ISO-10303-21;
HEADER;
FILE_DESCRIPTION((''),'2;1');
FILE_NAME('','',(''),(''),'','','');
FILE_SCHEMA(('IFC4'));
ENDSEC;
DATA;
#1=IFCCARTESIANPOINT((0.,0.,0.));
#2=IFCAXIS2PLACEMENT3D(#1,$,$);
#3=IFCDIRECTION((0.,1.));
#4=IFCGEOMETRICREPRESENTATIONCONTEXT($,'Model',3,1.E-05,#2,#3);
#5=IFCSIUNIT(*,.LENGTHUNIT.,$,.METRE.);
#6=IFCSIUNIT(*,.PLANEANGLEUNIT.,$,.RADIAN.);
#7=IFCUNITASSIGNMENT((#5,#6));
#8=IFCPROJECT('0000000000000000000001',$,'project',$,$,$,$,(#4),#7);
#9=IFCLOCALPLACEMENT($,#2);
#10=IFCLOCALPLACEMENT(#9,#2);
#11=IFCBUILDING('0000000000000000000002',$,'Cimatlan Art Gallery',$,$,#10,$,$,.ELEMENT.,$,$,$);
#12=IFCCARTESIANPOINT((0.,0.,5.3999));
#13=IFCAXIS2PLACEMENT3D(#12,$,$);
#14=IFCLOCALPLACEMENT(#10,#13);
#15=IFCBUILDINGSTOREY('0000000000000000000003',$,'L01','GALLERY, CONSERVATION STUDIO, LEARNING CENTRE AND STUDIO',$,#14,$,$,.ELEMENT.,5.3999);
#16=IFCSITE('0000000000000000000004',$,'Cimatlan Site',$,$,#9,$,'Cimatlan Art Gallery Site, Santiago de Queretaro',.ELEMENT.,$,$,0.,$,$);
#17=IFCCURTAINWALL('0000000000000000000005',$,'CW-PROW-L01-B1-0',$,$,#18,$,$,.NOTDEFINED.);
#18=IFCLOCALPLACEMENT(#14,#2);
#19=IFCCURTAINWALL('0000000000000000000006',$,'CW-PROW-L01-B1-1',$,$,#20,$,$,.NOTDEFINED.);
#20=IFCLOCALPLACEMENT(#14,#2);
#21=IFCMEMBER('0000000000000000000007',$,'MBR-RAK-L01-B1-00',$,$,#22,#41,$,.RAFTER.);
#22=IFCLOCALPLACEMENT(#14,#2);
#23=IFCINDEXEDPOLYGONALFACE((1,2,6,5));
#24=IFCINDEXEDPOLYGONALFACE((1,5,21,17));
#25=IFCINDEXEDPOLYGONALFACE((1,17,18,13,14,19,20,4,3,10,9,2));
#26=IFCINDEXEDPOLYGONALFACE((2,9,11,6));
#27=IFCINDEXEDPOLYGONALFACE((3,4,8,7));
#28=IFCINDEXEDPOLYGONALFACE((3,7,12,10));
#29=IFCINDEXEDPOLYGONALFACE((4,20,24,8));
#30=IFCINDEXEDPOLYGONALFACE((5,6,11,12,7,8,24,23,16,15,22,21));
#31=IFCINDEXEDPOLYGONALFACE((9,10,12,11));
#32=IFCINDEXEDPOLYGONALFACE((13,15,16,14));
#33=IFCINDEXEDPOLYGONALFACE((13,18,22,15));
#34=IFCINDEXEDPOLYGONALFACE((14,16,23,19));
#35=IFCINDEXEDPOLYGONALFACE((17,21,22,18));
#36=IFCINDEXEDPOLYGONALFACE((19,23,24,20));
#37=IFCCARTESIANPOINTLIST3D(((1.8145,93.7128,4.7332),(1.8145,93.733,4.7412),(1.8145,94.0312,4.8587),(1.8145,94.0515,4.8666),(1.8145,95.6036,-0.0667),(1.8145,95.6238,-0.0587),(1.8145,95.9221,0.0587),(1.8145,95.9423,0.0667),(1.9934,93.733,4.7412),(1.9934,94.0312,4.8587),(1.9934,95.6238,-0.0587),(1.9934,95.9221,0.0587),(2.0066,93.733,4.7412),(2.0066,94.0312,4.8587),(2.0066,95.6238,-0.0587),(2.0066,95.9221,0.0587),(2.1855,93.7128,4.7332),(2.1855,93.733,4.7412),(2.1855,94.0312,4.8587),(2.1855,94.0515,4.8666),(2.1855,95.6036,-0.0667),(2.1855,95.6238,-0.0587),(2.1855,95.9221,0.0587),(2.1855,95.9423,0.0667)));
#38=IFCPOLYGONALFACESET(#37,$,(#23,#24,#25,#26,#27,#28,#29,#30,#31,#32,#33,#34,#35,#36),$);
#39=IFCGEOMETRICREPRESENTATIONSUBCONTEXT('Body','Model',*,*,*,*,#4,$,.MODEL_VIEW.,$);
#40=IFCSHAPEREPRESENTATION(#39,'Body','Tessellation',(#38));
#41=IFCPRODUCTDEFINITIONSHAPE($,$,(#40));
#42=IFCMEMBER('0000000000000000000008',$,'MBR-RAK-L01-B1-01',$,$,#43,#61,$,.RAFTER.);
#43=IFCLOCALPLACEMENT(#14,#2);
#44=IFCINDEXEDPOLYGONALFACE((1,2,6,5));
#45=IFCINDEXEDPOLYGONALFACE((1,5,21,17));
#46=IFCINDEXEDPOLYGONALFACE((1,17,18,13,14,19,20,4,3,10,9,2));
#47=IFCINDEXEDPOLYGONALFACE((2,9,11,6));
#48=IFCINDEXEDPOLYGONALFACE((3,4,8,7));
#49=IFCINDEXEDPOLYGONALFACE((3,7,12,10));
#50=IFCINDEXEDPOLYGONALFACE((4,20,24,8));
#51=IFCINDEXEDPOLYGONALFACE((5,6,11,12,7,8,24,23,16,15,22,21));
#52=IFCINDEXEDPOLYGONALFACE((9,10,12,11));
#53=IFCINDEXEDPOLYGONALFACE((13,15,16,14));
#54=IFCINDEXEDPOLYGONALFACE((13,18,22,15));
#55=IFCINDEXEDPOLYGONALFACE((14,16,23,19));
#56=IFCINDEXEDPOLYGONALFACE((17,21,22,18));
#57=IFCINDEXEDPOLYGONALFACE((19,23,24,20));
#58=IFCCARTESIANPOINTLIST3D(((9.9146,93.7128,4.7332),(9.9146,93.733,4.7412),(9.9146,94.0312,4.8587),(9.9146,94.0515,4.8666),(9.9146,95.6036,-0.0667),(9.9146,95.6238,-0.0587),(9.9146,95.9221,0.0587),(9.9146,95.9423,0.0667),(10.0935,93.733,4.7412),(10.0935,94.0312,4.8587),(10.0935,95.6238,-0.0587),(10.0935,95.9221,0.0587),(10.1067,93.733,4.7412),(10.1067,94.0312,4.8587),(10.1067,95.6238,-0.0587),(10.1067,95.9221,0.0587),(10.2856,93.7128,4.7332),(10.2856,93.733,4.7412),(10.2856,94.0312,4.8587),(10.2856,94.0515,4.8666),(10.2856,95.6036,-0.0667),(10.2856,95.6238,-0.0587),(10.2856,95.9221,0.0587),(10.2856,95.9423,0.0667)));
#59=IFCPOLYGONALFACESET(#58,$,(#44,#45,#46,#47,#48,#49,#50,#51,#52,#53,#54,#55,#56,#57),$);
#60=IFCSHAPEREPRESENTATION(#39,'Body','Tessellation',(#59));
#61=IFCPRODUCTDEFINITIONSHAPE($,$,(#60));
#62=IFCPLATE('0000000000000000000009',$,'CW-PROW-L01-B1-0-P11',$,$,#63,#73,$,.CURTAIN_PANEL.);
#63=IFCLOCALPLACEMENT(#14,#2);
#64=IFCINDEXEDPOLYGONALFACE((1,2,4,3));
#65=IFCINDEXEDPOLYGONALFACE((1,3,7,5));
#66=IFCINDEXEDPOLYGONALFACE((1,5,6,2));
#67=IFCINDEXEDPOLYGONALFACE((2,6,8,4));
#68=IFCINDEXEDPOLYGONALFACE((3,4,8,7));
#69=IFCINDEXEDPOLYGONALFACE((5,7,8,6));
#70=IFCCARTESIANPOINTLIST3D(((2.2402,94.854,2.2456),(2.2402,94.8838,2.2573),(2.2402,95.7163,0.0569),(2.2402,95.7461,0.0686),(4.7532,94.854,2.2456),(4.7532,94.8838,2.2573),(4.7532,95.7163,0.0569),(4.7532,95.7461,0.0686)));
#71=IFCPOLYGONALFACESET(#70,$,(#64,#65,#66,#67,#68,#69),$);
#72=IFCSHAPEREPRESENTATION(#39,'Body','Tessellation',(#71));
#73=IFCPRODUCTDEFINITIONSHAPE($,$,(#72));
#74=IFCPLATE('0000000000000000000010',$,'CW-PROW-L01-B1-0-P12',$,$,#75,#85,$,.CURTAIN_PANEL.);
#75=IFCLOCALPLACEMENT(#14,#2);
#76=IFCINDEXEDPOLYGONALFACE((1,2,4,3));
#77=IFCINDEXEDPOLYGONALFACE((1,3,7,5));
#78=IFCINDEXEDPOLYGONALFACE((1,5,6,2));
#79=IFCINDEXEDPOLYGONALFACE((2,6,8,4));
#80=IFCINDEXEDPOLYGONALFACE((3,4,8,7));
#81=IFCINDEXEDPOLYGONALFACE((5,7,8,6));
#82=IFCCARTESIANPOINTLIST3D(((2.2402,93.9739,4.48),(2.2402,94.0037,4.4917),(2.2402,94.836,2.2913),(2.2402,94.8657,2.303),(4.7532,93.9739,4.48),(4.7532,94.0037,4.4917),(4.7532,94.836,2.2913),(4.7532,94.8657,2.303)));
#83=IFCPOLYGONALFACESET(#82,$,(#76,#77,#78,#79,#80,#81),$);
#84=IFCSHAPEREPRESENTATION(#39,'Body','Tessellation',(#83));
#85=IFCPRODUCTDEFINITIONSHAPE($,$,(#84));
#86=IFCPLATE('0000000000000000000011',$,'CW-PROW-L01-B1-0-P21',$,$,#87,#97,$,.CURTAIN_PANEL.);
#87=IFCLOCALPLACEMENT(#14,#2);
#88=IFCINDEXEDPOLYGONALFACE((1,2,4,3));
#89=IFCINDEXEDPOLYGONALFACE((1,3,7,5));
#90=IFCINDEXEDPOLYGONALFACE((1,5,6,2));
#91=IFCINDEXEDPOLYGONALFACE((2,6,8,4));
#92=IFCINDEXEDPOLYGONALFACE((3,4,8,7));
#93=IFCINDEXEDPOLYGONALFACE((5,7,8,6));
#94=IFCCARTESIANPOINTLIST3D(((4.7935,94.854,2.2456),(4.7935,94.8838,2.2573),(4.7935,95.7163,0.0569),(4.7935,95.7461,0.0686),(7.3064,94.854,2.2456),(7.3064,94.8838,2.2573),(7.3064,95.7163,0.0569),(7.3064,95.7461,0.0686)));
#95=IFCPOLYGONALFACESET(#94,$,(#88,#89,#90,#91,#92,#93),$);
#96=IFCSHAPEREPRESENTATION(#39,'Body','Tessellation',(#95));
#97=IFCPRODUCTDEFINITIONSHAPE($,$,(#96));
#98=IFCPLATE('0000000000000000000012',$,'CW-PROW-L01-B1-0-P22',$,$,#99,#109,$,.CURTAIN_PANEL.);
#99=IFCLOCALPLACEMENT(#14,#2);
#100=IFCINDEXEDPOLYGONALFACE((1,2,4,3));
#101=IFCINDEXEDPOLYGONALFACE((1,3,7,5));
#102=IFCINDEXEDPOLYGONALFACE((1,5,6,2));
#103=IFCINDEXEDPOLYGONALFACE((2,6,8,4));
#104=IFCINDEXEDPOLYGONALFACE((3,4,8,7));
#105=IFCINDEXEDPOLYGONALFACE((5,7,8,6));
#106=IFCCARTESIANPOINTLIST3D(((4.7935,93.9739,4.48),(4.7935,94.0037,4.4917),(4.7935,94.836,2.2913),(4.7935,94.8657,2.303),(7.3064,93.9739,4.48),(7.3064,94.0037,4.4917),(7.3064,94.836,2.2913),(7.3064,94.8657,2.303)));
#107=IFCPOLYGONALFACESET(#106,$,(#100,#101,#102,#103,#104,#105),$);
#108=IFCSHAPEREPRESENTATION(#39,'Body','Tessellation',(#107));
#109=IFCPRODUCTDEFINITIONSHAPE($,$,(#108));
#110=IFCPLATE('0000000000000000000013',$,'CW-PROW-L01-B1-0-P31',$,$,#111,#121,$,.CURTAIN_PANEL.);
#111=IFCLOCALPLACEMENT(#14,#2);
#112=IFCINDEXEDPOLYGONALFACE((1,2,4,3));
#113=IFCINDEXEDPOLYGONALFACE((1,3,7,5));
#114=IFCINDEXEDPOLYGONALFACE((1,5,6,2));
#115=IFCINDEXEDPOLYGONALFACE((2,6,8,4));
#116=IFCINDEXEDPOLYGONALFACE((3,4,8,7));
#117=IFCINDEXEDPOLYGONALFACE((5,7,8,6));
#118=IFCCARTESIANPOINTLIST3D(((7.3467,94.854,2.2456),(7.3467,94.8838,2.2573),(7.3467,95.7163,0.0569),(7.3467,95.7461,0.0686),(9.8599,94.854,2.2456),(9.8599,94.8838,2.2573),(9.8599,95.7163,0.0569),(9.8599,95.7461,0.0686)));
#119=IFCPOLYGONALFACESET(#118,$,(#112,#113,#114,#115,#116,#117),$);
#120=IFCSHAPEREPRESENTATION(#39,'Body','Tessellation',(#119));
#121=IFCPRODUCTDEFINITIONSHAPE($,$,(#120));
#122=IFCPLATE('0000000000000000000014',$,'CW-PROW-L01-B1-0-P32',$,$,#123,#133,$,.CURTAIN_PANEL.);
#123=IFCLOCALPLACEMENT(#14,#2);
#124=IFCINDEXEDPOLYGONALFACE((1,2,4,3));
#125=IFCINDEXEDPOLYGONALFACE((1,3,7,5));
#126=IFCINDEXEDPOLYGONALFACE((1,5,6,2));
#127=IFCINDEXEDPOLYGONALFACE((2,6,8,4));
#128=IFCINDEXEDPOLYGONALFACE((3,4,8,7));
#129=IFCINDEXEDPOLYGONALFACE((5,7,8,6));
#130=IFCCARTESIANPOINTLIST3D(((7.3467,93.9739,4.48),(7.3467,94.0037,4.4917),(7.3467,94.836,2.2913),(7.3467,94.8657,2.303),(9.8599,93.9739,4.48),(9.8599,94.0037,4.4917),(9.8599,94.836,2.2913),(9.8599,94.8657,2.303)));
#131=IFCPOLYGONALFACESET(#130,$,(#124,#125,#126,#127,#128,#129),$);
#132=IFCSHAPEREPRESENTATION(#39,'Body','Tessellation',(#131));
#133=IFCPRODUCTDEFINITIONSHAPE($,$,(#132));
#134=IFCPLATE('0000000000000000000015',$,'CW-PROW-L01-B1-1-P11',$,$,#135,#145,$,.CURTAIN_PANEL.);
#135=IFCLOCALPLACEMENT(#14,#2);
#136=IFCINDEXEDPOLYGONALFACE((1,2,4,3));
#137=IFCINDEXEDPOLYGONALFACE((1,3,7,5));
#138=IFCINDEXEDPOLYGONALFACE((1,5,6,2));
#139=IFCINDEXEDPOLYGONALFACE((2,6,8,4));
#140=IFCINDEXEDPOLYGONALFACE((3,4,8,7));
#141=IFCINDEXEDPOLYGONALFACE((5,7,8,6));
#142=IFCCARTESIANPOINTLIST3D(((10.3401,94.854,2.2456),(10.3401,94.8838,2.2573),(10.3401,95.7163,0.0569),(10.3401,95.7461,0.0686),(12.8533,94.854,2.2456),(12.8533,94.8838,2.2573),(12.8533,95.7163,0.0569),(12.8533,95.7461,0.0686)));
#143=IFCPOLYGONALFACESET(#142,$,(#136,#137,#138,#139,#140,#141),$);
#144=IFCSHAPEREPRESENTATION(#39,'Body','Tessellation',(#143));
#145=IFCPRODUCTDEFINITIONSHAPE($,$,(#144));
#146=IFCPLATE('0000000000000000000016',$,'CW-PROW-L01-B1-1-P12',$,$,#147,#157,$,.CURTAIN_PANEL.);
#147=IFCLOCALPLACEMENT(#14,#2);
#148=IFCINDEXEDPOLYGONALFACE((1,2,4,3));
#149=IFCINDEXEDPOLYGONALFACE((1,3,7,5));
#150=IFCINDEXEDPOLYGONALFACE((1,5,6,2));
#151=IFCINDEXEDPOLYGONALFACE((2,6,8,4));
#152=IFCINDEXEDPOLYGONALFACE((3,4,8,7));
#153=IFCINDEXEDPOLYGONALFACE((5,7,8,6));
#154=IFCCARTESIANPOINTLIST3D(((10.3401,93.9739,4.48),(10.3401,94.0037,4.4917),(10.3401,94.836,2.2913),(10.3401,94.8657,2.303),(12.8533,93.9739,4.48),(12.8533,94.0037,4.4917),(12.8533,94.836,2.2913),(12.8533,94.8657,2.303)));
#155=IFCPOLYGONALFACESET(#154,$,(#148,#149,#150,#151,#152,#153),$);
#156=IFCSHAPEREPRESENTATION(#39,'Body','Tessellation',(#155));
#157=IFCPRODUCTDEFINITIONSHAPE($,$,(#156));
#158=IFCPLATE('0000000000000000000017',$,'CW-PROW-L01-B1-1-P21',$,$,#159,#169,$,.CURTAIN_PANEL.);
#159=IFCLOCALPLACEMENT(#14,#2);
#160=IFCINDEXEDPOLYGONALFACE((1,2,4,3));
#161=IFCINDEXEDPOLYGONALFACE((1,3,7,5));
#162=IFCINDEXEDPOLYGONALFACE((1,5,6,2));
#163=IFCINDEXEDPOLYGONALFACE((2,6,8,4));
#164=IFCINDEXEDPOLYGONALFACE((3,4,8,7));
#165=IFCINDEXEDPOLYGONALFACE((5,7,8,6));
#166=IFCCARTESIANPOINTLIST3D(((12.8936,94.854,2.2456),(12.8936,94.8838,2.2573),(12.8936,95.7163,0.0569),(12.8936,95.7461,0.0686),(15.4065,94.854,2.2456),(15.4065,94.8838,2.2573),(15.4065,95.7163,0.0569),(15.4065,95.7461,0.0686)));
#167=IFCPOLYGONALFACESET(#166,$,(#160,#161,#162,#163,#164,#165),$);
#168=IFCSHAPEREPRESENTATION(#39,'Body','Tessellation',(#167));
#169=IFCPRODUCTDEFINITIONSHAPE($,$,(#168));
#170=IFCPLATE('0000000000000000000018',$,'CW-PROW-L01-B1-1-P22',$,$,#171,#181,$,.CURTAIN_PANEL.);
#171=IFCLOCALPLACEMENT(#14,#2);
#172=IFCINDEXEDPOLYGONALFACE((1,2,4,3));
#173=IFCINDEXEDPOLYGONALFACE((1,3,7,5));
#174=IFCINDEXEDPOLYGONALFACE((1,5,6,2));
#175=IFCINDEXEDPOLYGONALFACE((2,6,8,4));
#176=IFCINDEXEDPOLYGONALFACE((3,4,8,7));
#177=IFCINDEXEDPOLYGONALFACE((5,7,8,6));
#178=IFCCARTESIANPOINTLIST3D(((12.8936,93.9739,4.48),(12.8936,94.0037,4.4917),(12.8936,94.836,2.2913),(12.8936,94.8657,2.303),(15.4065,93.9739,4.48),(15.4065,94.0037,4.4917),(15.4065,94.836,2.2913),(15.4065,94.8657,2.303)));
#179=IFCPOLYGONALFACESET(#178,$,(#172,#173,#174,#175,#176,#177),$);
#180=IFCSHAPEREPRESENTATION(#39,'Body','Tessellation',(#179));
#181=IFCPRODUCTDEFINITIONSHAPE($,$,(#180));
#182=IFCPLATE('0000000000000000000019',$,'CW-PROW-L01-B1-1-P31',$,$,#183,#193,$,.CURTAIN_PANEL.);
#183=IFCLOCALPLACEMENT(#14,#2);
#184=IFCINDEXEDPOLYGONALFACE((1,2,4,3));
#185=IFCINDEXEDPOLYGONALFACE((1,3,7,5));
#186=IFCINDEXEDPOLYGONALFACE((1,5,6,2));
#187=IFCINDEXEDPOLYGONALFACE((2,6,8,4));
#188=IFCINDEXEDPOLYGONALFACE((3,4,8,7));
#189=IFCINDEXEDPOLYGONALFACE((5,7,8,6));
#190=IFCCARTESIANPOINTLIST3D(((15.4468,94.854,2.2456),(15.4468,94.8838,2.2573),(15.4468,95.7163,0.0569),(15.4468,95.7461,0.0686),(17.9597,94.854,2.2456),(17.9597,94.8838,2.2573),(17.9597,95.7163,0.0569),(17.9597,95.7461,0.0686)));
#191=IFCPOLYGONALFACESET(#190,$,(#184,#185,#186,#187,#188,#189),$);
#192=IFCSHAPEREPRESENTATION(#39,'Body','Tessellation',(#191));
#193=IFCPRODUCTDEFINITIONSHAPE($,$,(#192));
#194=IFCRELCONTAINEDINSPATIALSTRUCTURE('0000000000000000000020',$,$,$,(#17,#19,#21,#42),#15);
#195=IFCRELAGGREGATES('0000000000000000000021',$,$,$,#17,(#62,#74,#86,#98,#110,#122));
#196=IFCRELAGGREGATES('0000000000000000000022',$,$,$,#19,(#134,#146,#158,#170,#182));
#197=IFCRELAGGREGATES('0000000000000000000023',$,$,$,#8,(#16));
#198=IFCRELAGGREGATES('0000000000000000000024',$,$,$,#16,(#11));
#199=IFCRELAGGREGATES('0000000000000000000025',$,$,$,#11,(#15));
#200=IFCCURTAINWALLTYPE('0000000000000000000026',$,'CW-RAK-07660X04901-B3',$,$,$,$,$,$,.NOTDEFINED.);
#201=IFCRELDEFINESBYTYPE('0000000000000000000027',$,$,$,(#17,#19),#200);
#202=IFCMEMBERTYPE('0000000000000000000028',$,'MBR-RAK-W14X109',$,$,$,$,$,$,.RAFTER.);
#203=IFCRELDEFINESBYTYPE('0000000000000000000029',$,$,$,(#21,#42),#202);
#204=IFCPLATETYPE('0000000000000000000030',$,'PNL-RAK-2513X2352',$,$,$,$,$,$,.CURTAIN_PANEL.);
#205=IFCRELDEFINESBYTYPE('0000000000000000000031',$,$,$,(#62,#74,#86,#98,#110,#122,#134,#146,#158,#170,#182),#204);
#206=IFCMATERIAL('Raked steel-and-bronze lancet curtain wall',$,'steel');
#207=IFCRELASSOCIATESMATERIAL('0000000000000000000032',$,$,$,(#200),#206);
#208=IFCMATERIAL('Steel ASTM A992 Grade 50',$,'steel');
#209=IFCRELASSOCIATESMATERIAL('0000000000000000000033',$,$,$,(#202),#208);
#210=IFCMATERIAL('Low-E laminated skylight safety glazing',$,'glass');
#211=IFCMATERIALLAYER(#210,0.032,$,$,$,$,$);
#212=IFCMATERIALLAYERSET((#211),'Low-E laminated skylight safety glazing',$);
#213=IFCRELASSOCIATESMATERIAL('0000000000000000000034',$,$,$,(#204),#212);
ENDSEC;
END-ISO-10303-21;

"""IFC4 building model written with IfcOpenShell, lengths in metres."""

from ifc_helpers import new_model, si_unit, direction, frame, origin, origin_2d, place, context, subcontext, project, spatial, polyline, i_section, outline, extrude, material, layer, layer_set, material_profile, profile_set, type_object, element, aggregate, save


model = new_model("IFC4")

# Units and contexts
model_context = context("Model", 3, precision=1e-05, world=origin(), true_north=direction((0.0, 1.0)))
body_context = subcontext(model_context, "Body", "Model", "MODEL_VIEW")
ifc_project = project(units=[si_unit("LENGTHUNIT", "METRE"), si_unit("PLANEANGLEUNIT", "RADIAN")], contexts=[model_context])

# Site, building, storey
site_placement = place(None, origin())
site = spatial("IfcSite", under=ifc_project, at=site_placement, Name="Cimatlan Site", LongName="Cimatlan Art Gallery Site, Santiago de Queretaro", CompositionType="ELEMENT", RefElevation=0.0)
building_placement = place(site_placement, origin())
building = spatial("IfcBuilding", under=site, at=building_placement, Name="Cimatlan Art Gallery", CompositionType="ELEMENT")
storey_placement = place(building_placement, frame((0.0, 0.0, 5.3999)))
storey = spatial("IfcBuildingStorey", under=building, at=storey_placement, Name="L01", Description="GALLERY, CONSERVATION STUDIO, LEARNING CENTRE AND STUDIO", CompositionType="ELEMENT", Elevation=5.3999)

# Shared definitions
ifc_material_1 = material(Name="Steel ASTM A992 Grade 50", Category="steel")

# Curtain walls
ifc_material_2 = material(Name="Raked steel-and-bronze lancet curtain wall", Category="steel")
curtain_wall_type = type_object("IfcCurtainWallType", Name="CW-RAK-07660X04901-B3", PredefinedType="NOTDEFINED", material=ifc_material_2)
curtain_wall_1_placement = place(storey_placement, origin())
curtain_wall_1 = element("IfcCurtainWall", 1, at=curtain_wall_1_placement, inside=storey, type_object=curtain_wall_type, Name="CW-PROW-L01-B1-0", PredefinedType="NOTDEFINED")
curtain_wall_2_placement = place(storey_placement, origin())
curtain_wall_2 = element("IfcCurtainWall", 2, at=curtain_wall_2_placement, inside=storey, type_object=curtain_wall_type, Name="CW-PROW-L01-B1-1", PredefinedType="NOTDEFINED")

# Members
ifc_material_profile_1 = material_profile(ifc_material_1, i_section(OverallWidth=0.3711, OverallDepth=0.364, WebThickness=0.0132, FlangeThickness=0.0217, at=origin_2d()), Name="W14X109")
ifc_profile_set_1 = profile_set([ifc_material_profile_1], Name="Steel ASTM A992 Grade 50")
member_type_1 = type_object("IfcMemberType", Name="MBR-RAK-W14X109", PredefinedType="RAFTER", material=ifc_profile_set_1)
for number, where, z_axis, x_axis, name in (
    (3, (2.0, 95.7729, 0.0), (0.0, -0.366515, 0.930412), (1.0, 0.0, 0.0), "MBR-RAK-L01-B1-00"),
    (4, (10.1001, 95.7729, 0.0), (0.0, -0.366515, 0.930412), (1.0, 0.0, 0.0), "MBR-RAK-L01-B1-01"),
):
    element("IfcMember", number, at=place(storey_placement, frame(where, z_axis=z_axis, x_axis=x_axis)), inside=storey, type_object=member_type_1, Name=name, PredefinedType="RAFTER", context=body_context, shape_type="SweptSolid", body=[
        extrude(i_section(OverallWidth=0.3711, OverallDepth=0.364, WebThickness=0.0132, FlangeThickness=0.0217, at=origin_2d()), origin(), (0.0, 0.0, 1.0), 5.1589),
    ])

# Plates
ifc_material_3 = material(Name="Low-E laminated skylight safety glazing", Category="glass")
ifc_layer_1 = layer(ifc_material_3, 0.032)
ifc_layer_set_1 = layer_set([ifc_layer_1], Name="Low-E laminated skylight safety glazing")
plate_type = type_object("IfcPlateType", Name="PNL-RAK-2513X2352", PredefinedType="CURTAIN_PANEL", material=ifc_layer_set_1)
plate_1_placement = place(storey_placement, frame((2.2402, 95.7461, 0.0686), z_axis=(0.0, 0.930397, 0.366554), x_axis=(1.0, 0.0, 0.0)))
plate_1 = element("IfcPlate", 5, at=plate_1_placement, type_object=plate_type, Name="CW-PROW-L01-B1-0-P11", PredefinedType="CURTAIN_PANEL", context=body_context, shape_type="SweptSolid", body=[
    extrude(outline(polyline([(0.0, 0.0), (2.5129, 0.0), (2.5129, -2.3525), (0.0, -2.3525), (0.0, 0.0)])), origin(), (0.0, 0.0, -1.0), 0.032),
])
plate_2_placement = place(storey_placement, frame((2.2402, 94.8657, 2.303), z_axis=(0.0, 0.930432, 0.366465), x_axis=(1.0, 0.0, 0.0)))
plate_2 = element("IfcPlate", 6, at=plate_2_placement, type_object=plate_type, Name="CW-PROW-L01-B1-0-P12", PredefinedType="CURTAIN_PANEL", context=body_context, shape_type="SweptSolid", body=[
    extrude(outline(polyline([(0.0, 0.0), (2.5129, 0.0), (2.5129, -2.3524), (0.0, -2.3524), (0.0, 0.0)])), origin(), (0.0, 0.0, -1.0), 0.032),
])
plate_3_placement = place(storey_placement, frame((4.7935, 95.7461, 0.0686), z_axis=(0.0, 0.930397, 0.366554), x_axis=(1.0, 0.0, 0.0)))
plate_3 = element("IfcPlate", 7, at=plate_3_placement, type_object=plate_type, Name="CW-PROW-L01-B1-0-P21", PredefinedType="CURTAIN_PANEL", context=body_context, shape_type="SweptSolid", body=[
    extrude(outline(polyline([(0.0, 0.0), (2.5129, 0.0), (2.5129, -2.3525), (0.0, -2.3525), (0.0, 0.0)])), origin(), (0.0, 0.0, -1.0), 0.032),
])
plate_4_placement = place(storey_placement, frame((4.7935, 94.8657, 2.303), z_axis=(0.0, 0.930432, 0.366465), x_axis=(1.0, 0.0, 0.0)))
plate_4 = element("IfcPlate", 8, at=plate_4_placement, type_object=plate_type, Name="CW-PROW-L01-B1-0-P22", PredefinedType="CURTAIN_PANEL", context=body_context, shape_type="SweptSolid", body=[
    extrude(outline(polyline([(0.0, 0.0), (2.5129, 0.0), (2.5129, -2.3524), (0.0, -2.3524), (0.0, 0.0)])), origin(), (0.0, 0.0, -1.0), 0.032),
])
plate_5_placement = place(storey_placement, frame((7.3467, 95.7461, 0.0686), z_axis=(0.0, 0.930397, 0.366554), x_axis=(1.0, 0.0, 0.0)))
plate_5 = element("IfcPlate", 9, at=plate_5_placement, type_object=plate_type, Name="CW-PROW-L01-B1-0-P31", PredefinedType="CURTAIN_PANEL", context=body_context, shape_type="SweptSolid", body=[
    extrude(outline(polyline([(0.0, 0.0), (2.5132, 0.0), (2.5132, -2.3525), (0.0, -2.3525), (0.0, 0.0)])), origin(), (0.0, 0.0, -1.0), 0.032),
])
plate_6_placement = place(storey_placement, frame((7.3467, 94.8657, 2.303), z_axis=(0.0, 0.930432, 0.366465), x_axis=(1.0, 0.0, 0.0)))
plate_6 = element("IfcPlate", 10, at=plate_6_placement, type_object=plate_type, Name="CW-PROW-L01-B1-0-P32", PredefinedType="CURTAIN_PANEL", context=body_context, shape_type="SweptSolid", body=[
    extrude(outline(polyline([(0.0, 0.0), (2.5132, 0.0), (2.5132, -2.3524), (0.0, -2.3524), (0.0, 0.0)])), origin(), (0.0, 0.0, -1.0), 0.032),
])
aggregate(curtain_wall_1, [plate_1, plate_2, plate_3, plate_4, plate_5, plate_6])
plate_7_placement = place(storey_placement, frame((10.3401, 95.7461, 0.0686), z_axis=(0.0, 0.930397, 0.366554), x_axis=(1.0, 0.0, 0.0)))
plate_7 = element("IfcPlate", 11, at=plate_7_placement, type_object=plate_type, Name="CW-PROW-L01-B1-1-P11", PredefinedType="CURTAIN_PANEL", context=body_context, shape_type="SweptSolid", body=[
    extrude(outline(polyline([(0.0, 0.0), (2.5132, 0.0), (2.5132, -2.3525), (0.0, -2.3525), (0.0, 0.0)])), origin(), (0.0, 0.0, -1.0), 0.032),
])
plate_8_placement = place(storey_placement, frame((10.3401, 94.8657, 2.303), z_axis=(0.0, 0.930432, 0.366465), x_axis=(1.0, 0.0, 0.0)))
plate_8 = element("IfcPlate", 12, at=plate_8_placement, type_object=plate_type, Name="CW-PROW-L01-B1-1-P12", PredefinedType="CURTAIN_PANEL", context=body_context, shape_type="SweptSolid", body=[
    extrude(outline(polyline([(0.0, 0.0), (2.5132, 0.0), (2.5132, -2.3524), (0.0, -2.3524), (0.0, 0.0)])), origin(), (0.0, 0.0, -1.0), 0.032),
])
plate_9_placement = place(storey_placement, frame((12.8936, 95.7461, 0.0686), z_axis=(0.0, 0.930397, 0.366554), x_axis=(1.0, 0.0, 0.0)))
plate_9 = element("IfcPlate", 13, at=plate_9_placement, type_object=plate_type, Name="CW-PROW-L01-B1-1-P21", PredefinedType="CURTAIN_PANEL", context=body_context, shape_type="SweptSolid", body=[
    extrude(outline(polyline([(0.0, 0.0), (2.5129, 0.0), (2.5129, -2.3525), (0.0, -2.3525), (0.0, 0.0)])), origin(), (0.0, 0.0, -1.0), 0.032),
])
plate_10_placement = place(storey_placement, frame((12.8936, 94.8657, 2.303), z_axis=(0.0, 0.930432, 0.366465), x_axis=(1.0, 0.0, 0.0)))
plate_10 = element("IfcPlate", 14, at=plate_10_placement, type_object=plate_type, Name="CW-PROW-L01-B1-1-P22", PredefinedType="CURTAIN_PANEL", context=body_context, shape_type="SweptSolid", body=[
    extrude(outline(polyline([(0.0, 0.0), (2.5129, 0.0), (2.5129, -2.3524), (0.0, -2.3524), (0.0, 0.0)])), origin(), (0.0, 0.0, -1.0), 0.032),
])
plate_11_placement = place(storey_placement, frame((15.4468, 95.7461, 0.0686), z_axis=(0.0, 0.930397, 0.366554), x_axis=(1.0, 0.0, 0.0)))
plate_11 = element("IfcPlate", 15, at=plate_11_placement, type_object=plate_type, Name="CW-PROW-L01-B1-1-P31", PredefinedType="CURTAIN_PANEL", context=body_context, shape_type="SweptSolid", body=[
    extrude(outline(polyline([(0.0, 0.0), (2.5129, 0.0), (2.5129, -2.3525), (0.0, -2.3525), (0.0, 0.0)])), origin(), (0.0, 0.0, -1.0), 0.032),
])
aggregate(curtain_wall_2, [plate_7, plate_8, plate_9, plate_10, plate_11])

save(model, "model.ifc")
